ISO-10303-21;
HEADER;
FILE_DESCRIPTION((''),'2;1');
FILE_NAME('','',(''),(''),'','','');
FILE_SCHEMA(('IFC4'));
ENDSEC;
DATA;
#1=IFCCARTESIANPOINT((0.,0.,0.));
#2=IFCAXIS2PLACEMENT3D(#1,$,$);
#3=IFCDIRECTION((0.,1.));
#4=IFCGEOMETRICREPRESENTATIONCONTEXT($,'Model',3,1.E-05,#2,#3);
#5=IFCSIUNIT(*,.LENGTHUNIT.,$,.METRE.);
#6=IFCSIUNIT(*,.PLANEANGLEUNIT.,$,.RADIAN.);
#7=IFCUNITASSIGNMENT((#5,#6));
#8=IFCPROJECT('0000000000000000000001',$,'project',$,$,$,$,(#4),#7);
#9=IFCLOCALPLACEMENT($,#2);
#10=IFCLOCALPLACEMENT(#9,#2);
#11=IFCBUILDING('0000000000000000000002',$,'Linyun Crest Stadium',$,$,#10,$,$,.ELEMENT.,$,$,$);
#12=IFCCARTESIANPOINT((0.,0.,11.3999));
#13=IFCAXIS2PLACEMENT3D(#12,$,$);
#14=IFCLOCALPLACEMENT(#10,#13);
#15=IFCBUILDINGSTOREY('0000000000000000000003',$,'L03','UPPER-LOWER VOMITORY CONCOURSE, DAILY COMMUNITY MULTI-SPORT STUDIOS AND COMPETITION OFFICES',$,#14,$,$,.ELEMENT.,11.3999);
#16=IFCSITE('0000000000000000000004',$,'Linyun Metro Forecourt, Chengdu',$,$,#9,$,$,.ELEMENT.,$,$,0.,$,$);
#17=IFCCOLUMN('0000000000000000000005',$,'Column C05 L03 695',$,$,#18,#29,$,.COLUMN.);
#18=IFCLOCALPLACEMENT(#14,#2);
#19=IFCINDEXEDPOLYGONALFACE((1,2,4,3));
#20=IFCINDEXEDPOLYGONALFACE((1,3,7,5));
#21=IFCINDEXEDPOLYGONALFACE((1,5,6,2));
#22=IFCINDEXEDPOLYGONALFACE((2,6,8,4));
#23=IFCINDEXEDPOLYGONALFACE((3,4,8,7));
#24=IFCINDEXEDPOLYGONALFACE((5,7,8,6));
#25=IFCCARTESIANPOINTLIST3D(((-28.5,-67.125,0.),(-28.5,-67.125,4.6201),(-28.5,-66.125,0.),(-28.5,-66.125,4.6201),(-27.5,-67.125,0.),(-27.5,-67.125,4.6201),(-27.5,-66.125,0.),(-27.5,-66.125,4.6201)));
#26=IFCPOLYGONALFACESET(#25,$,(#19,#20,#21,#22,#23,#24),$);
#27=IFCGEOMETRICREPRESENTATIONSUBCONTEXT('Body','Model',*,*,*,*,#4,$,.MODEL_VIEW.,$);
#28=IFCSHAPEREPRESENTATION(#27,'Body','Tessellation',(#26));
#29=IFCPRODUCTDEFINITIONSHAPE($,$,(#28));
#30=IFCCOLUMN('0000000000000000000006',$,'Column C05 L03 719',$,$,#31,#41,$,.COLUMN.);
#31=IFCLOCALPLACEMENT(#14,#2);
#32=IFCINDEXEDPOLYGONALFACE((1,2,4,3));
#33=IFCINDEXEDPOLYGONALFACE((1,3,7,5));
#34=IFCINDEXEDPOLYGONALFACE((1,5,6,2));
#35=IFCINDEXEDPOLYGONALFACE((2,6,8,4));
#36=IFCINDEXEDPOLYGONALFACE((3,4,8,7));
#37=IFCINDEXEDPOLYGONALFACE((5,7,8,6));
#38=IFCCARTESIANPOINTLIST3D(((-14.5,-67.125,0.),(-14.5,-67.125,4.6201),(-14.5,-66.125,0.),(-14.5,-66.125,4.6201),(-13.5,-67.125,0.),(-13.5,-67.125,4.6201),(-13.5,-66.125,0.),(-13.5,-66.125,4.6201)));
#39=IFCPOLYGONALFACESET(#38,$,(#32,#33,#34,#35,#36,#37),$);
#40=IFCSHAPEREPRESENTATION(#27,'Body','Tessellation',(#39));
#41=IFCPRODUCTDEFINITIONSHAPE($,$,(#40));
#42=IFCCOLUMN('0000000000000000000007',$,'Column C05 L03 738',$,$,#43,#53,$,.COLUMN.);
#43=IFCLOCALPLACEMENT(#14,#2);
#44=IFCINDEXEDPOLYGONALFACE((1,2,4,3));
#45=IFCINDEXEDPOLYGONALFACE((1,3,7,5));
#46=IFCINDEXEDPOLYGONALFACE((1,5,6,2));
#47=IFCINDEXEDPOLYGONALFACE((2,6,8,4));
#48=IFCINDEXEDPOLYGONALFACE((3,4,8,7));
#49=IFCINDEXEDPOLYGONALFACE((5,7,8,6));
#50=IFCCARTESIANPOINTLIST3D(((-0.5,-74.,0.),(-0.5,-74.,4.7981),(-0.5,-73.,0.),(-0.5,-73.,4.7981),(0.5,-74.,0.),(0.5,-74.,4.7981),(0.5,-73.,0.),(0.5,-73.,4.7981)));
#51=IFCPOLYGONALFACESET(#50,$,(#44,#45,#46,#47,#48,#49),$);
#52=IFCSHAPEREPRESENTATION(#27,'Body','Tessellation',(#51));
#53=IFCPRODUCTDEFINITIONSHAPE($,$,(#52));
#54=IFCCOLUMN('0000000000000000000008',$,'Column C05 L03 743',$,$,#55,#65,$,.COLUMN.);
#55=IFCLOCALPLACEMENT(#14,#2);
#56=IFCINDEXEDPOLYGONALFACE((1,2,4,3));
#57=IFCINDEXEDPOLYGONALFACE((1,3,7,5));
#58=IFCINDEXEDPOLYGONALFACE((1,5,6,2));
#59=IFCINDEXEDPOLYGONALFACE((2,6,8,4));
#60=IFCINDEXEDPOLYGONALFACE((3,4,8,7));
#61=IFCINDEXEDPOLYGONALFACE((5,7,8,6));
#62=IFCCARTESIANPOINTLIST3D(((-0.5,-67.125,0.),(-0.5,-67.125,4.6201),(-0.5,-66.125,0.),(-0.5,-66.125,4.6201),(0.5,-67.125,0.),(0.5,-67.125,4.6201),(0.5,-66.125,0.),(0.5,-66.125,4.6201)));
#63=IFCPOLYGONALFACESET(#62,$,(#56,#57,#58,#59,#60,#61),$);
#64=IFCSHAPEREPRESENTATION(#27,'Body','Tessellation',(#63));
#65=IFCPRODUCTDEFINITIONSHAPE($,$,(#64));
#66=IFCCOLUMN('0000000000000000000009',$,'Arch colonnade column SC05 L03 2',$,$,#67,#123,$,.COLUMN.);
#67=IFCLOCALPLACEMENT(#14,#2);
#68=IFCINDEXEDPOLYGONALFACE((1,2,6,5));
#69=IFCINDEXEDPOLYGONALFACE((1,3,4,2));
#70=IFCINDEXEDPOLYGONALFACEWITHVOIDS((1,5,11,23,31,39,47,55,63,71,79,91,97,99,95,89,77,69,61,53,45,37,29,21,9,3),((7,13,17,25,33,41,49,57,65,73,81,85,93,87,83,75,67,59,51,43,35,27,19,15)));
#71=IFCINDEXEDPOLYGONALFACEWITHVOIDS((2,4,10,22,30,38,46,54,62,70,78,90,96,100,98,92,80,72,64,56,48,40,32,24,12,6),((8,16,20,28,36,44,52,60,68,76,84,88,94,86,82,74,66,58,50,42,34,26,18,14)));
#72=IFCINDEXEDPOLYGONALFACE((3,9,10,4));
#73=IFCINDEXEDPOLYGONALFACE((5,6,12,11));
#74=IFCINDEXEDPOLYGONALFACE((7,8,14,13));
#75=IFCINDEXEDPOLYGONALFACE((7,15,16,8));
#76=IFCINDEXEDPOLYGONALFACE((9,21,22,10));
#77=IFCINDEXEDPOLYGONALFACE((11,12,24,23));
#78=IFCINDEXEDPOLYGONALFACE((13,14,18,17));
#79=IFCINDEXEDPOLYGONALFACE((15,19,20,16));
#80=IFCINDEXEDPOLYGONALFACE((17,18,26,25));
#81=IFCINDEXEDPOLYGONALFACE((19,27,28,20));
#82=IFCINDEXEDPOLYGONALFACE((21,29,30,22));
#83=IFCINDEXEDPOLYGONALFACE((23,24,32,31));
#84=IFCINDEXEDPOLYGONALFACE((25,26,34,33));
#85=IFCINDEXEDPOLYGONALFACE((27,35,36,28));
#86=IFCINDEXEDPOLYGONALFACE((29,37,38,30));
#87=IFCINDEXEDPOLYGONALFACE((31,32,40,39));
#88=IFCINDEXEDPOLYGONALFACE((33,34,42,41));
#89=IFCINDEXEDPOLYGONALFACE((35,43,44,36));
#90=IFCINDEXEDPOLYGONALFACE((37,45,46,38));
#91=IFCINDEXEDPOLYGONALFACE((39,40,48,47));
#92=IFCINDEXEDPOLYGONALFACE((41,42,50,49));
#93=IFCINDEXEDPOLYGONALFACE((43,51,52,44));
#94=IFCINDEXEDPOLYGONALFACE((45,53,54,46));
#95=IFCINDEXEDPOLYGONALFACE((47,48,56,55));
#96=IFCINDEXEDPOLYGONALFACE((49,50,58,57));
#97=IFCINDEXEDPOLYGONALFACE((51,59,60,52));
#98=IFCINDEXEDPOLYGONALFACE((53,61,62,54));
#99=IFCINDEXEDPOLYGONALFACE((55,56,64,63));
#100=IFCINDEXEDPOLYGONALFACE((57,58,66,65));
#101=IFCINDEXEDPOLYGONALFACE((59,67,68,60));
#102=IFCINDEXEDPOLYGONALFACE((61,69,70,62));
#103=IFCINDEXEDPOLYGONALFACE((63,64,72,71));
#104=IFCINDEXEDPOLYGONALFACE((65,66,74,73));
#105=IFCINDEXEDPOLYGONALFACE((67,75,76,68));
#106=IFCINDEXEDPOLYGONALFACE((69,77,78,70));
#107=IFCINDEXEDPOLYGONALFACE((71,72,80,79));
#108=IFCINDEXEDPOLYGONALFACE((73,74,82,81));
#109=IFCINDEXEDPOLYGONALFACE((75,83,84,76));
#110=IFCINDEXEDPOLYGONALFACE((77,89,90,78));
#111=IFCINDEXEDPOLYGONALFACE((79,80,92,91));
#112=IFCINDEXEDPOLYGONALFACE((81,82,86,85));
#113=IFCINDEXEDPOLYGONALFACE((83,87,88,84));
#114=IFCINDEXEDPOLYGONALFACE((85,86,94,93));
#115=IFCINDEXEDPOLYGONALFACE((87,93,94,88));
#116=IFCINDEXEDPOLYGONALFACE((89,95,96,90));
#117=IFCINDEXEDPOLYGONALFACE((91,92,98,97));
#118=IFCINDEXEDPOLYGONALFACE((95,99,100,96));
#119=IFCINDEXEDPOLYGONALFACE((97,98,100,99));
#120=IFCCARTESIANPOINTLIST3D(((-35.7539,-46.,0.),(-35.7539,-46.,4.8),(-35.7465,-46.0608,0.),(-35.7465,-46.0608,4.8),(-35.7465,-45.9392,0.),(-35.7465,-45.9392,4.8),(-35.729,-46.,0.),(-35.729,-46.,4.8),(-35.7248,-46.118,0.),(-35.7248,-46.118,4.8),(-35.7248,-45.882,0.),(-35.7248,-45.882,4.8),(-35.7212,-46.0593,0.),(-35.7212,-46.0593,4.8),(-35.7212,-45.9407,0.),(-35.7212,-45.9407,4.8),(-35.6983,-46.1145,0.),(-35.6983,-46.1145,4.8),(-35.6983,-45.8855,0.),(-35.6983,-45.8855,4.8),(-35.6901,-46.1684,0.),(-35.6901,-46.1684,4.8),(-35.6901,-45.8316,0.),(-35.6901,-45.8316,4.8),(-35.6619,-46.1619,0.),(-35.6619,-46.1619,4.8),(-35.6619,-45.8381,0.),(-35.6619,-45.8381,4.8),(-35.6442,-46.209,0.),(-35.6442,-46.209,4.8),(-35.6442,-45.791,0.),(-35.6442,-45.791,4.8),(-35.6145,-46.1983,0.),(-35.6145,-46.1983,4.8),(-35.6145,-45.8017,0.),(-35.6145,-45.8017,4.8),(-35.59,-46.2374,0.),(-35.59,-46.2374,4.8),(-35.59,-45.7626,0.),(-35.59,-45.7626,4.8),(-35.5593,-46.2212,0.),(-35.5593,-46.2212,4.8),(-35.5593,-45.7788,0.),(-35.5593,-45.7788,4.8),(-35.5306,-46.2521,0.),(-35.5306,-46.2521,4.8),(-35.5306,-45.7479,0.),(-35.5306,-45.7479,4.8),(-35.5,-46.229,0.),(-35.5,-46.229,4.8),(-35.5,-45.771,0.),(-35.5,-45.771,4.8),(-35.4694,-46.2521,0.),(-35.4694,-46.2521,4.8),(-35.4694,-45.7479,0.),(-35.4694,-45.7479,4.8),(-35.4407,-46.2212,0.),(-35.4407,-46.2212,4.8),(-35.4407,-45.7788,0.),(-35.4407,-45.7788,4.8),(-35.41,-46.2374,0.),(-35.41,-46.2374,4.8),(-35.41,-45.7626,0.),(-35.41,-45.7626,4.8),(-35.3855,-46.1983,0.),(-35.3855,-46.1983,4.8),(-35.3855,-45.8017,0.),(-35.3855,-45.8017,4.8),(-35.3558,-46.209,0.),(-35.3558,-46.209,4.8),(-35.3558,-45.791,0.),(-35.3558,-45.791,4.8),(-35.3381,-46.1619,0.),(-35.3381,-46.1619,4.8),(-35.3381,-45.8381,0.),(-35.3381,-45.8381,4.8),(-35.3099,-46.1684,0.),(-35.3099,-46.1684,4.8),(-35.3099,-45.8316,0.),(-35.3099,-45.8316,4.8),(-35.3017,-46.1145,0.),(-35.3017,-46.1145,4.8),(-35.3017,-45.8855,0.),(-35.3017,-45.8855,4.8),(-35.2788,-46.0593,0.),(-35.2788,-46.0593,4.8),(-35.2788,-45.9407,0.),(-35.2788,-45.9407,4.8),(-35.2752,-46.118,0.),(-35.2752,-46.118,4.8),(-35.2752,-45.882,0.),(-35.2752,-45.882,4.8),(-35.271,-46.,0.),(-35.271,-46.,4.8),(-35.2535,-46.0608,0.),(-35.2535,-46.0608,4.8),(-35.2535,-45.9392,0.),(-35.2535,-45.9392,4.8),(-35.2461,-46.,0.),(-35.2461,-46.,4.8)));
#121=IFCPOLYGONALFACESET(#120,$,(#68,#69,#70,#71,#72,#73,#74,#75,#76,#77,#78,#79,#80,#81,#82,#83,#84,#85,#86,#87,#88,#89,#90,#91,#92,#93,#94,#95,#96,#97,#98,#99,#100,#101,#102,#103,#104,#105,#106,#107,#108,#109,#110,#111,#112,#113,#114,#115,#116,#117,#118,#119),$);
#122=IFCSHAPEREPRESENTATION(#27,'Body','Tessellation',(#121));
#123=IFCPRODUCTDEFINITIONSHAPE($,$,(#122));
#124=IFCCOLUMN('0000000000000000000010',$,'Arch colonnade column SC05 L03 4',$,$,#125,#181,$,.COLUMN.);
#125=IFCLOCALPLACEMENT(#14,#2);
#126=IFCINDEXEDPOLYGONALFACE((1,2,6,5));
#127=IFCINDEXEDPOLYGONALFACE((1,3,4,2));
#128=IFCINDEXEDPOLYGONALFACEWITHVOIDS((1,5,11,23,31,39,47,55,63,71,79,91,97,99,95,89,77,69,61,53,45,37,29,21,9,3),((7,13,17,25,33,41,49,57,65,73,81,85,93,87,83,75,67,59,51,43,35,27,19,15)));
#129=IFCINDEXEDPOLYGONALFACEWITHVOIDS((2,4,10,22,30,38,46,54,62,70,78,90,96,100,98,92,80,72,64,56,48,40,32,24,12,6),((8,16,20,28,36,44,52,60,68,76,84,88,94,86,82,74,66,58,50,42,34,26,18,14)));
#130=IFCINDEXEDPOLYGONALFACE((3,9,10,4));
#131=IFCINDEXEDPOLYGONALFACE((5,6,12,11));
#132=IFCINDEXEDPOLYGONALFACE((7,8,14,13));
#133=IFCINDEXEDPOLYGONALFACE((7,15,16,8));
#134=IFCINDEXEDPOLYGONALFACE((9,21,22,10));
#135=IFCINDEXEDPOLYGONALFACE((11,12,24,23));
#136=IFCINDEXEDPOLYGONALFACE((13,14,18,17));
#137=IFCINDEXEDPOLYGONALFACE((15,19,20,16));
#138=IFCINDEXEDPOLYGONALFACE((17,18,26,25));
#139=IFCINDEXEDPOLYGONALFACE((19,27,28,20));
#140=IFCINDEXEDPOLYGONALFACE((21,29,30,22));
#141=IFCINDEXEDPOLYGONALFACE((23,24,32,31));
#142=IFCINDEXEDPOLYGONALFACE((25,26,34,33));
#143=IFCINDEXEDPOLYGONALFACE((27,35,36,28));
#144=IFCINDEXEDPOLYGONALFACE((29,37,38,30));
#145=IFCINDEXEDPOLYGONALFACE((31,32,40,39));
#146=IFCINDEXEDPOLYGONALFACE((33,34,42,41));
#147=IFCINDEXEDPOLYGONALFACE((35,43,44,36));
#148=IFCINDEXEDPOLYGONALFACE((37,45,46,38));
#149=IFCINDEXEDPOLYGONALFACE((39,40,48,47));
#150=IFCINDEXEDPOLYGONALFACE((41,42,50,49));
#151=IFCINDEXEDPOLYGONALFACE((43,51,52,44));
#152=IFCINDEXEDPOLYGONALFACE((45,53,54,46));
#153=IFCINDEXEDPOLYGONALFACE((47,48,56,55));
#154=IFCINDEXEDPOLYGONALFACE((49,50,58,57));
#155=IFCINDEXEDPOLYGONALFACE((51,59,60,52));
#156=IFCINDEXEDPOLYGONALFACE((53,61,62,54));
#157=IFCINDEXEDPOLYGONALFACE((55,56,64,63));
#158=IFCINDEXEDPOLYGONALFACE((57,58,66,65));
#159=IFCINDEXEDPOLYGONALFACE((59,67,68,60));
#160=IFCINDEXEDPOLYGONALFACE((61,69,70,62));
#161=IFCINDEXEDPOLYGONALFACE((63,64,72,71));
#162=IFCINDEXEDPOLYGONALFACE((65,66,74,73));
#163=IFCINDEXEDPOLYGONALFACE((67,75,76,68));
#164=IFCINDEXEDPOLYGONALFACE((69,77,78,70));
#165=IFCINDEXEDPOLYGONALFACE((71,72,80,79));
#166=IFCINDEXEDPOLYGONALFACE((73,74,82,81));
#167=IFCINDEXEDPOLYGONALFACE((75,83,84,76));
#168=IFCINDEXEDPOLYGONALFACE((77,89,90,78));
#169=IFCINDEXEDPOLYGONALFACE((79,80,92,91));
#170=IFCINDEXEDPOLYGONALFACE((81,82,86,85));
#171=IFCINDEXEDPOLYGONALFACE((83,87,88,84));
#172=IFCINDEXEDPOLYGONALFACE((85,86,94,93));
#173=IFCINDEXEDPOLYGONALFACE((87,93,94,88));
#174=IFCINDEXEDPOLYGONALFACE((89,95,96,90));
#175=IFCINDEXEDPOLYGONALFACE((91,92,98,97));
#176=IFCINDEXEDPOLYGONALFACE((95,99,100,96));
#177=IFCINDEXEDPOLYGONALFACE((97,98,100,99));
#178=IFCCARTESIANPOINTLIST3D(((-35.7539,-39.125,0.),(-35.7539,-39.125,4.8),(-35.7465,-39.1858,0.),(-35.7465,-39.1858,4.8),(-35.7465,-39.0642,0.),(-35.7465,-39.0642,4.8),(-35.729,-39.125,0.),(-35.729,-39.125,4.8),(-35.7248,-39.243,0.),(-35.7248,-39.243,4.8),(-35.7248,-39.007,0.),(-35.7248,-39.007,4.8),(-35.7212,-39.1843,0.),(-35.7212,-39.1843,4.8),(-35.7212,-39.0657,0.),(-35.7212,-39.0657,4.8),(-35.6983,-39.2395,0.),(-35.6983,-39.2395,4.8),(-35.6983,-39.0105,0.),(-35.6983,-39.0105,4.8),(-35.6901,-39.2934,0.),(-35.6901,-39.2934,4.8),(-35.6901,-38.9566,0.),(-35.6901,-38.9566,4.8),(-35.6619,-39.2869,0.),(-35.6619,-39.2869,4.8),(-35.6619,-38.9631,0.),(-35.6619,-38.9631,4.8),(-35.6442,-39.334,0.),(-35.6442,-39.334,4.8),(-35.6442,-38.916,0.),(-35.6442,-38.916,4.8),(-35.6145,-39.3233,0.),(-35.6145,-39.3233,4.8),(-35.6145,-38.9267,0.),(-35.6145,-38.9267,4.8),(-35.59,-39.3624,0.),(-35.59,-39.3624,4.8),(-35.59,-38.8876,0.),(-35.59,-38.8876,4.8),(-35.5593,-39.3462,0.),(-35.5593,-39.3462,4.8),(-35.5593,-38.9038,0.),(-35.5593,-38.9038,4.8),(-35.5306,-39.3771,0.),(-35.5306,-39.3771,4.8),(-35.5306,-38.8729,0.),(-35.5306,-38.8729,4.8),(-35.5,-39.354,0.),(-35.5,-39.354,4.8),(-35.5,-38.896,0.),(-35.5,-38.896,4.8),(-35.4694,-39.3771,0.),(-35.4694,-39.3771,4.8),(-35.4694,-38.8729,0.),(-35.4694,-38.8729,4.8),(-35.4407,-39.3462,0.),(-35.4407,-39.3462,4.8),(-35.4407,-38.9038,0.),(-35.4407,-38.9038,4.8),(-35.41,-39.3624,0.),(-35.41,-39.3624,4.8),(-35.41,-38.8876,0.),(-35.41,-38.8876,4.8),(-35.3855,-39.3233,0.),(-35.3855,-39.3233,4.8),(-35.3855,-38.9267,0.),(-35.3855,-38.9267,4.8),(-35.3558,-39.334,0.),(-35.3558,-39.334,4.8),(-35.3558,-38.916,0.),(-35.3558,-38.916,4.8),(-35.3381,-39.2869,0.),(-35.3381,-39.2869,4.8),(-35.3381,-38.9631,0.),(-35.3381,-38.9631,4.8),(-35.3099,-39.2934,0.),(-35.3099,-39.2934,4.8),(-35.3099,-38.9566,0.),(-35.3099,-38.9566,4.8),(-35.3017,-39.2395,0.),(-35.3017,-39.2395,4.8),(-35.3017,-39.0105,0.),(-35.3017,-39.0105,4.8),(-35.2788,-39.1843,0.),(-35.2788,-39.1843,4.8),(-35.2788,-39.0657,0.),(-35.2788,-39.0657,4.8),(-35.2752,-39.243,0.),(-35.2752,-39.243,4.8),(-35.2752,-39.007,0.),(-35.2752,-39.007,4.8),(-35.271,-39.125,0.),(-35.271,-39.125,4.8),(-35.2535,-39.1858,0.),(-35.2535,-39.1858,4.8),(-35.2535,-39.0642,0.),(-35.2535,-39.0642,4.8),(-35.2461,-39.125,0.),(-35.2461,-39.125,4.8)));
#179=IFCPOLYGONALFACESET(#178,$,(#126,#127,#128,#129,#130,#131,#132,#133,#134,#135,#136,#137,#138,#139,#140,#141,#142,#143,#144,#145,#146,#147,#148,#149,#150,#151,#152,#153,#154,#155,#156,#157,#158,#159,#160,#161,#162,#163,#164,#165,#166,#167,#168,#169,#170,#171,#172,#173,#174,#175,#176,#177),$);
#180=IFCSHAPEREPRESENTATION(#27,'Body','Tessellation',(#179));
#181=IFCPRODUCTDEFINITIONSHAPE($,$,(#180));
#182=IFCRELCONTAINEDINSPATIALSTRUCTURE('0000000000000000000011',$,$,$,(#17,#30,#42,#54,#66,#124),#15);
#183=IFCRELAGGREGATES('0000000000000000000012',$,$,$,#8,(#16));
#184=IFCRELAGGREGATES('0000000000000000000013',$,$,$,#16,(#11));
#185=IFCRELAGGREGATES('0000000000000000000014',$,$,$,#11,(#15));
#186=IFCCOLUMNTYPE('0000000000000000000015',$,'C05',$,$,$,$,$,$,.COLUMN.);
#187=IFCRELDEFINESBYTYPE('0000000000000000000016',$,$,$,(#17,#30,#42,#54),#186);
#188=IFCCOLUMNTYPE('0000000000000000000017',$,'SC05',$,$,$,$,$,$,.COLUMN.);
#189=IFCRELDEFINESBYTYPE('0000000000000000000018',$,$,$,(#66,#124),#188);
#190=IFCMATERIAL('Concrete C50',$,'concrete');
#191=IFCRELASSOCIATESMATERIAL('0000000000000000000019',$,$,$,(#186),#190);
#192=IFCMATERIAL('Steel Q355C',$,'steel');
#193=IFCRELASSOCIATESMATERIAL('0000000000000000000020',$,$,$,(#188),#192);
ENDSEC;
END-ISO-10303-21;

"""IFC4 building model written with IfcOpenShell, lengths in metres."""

from ifc_helpers import new_model, si_unit, direction, frame, origin, origin_2d, place, context, subcontext, project, spatial, rectangle, hollow_circle, extrude, material, material_profile, profile_set, type_object, element, save


model = new_model("IFC4")

# Units and contexts
model_context = context("Model", 3, precision=1e-05, world=origin(), true_north=direction((0.0, 1.0)))
body_context = subcontext(model_context, "Body", "Model", "MODEL_VIEW")
ifc_project = project(units=[si_unit("LENGTHUNIT", "METRE"), si_unit("PLANEANGLEUNIT", "RADIAN")], contexts=[model_context])

# Site, building, storey
site_placement = place(None, origin())
site = spatial("IfcSite", under=ifc_project, at=site_placement, Name="Linyun Metro Forecourt, Chengdu", CompositionType="ELEMENT", RefElevation=0.0)
building_placement = place(site_placement, origin())
building = spatial("IfcBuilding", under=site, at=building_placement, Name="Linyun Crest Stadium", CompositionType="ELEMENT")
storey_placement = place(building_placement, frame((0.0, 0.0, 11.3999)))
storey = spatial("IfcBuildingStorey", under=building, at=storey_placement, Name="L03", Description="UPPER-LOWER VOMITORY CONCOURSE, DAILY COMMUNITY MULTI-SPORT STUDIOS AND COMPETITION OFFICES", CompositionType="ELEMENT", Elevation=11.3999)

# Columns
ifc_material_1 = material(Name="Concrete C50", Category="concrete")
ifc_material_profile_1 = material_profile(ifc_material_1, rectangle(XDim=1.0, YDim=1.0, at=origin_2d()), Name="RC 1000x1000")
ifc_profile_set_1 = profile_set([ifc_material_profile_1], Name="Concrete C50")
column_type_1 = type_object("IfcColumnType", Name="C05", PredefinedType="COLUMN", material=ifc_profile_set_1)
for number, where, z_axis, x_axis, name in (
    (1, (-28.0, -66.625, 0.0), (0.0, 0.0, 1.0), (1.0, 0.0, 0.0), "Column C05 L03 695"),
    (2, (-14.0, -66.625, 0.0), (0.0, 0.0, 1.0), (1.0, 0.0, 0.0), "Column C05 L03 719"),
):
    element("IfcColumn", number, at=place(storey_placement, frame(where, z_axis=z_axis, x_axis=x_axis)), inside=storey, type_object=column_type_1, Name=name, PredefinedType="COLUMN", context=body_context, shape_type="SweptSolid", body=[
        extrude(rectangle(XDim=1.0, YDim=1.0, at=origin_2d()), origin(), (0.0, 0.0, 1.0), 4.6201),
    ])
column_1_placement = place(storey_placement, frame((0.0, -73.5, 0.0), z_axis=(0.0, 0.0, 1.0), x_axis=(1.0, 0.0, 0.0)))
element("IfcColumn", 3, at=column_1_placement, inside=storey, type_object=column_type_1, Name="Column C05 L03 738", PredefinedType="COLUMN", context=body_context, shape_type="SweptSolid", body=[
    extrude(rectangle(XDim=1.0, YDim=1.0, at=origin_2d()), origin(), (0.0, 0.0, 1.0), 4.7981),
])
column_2_placement = place(storey_placement, frame((0.0, -66.625, 0.0), z_axis=(0.0, 0.0, 1.0), x_axis=(1.0, 0.0, 0.0)))
element("IfcColumn", 4, at=column_2_placement, inside=storey, type_object=column_type_1, Name="Column C05 L03 743", PredefinedType="COLUMN", context=body_context, shape_type="SweptSolid", body=[
    extrude(rectangle(XDim=1.0, YDim=1.0, at=origin_2d()), origin(), (0.0, 0.0, 1.0), 4.6201),
])
ifc_material_2 = material(Name="Steel Q355C", Category="steel")
ifc_material_profile_2 = material_profile(ifc_material_2, hollow_circle(Radius=0.2539, WallThickness=0.0249, at=origin_2d()), Name="CHS 508x25")
ifc_profile_set_2 = profile_set([ifc_material_profile_2], Name="Steel Q355C")
column_type_2 = type_object("IfcColumnType", Name="SC05", PredefinedType="COLUMN", material=ifc_profile_set_2)
for number, where, z_axis, x_axis, name in (
    (5, (-35.5, -46.0, 0.0), (0.0, 0.0, 1.0), (1.0, 0.0, 0.0), "Arch colonnade column SC05 L03 2"),
    (6, (-35.5, -39.125, 0.0), (0.0, 0.0, 1.0), (1.0, 0.0, 0.0), "Arch colonnade column SC05 L03 4"),
):
    element("IfcColumn", number, at=place(storey_placement, frame(where, z_axis=z_axis, x_axis=x_axis)), inside=storey, type_object=column_type_2, Name=name, PredefinedType="COLUMN", context=body_context, shape_type="SweptSolid", body=[
        extrude(hollow_circle(Radius=0.2539, WallThickness=0.0249, at=origin_2d()), origin(), (0.0, 0.0, 1.0), 4.8),
    ])

save(model, "model.ifc")
